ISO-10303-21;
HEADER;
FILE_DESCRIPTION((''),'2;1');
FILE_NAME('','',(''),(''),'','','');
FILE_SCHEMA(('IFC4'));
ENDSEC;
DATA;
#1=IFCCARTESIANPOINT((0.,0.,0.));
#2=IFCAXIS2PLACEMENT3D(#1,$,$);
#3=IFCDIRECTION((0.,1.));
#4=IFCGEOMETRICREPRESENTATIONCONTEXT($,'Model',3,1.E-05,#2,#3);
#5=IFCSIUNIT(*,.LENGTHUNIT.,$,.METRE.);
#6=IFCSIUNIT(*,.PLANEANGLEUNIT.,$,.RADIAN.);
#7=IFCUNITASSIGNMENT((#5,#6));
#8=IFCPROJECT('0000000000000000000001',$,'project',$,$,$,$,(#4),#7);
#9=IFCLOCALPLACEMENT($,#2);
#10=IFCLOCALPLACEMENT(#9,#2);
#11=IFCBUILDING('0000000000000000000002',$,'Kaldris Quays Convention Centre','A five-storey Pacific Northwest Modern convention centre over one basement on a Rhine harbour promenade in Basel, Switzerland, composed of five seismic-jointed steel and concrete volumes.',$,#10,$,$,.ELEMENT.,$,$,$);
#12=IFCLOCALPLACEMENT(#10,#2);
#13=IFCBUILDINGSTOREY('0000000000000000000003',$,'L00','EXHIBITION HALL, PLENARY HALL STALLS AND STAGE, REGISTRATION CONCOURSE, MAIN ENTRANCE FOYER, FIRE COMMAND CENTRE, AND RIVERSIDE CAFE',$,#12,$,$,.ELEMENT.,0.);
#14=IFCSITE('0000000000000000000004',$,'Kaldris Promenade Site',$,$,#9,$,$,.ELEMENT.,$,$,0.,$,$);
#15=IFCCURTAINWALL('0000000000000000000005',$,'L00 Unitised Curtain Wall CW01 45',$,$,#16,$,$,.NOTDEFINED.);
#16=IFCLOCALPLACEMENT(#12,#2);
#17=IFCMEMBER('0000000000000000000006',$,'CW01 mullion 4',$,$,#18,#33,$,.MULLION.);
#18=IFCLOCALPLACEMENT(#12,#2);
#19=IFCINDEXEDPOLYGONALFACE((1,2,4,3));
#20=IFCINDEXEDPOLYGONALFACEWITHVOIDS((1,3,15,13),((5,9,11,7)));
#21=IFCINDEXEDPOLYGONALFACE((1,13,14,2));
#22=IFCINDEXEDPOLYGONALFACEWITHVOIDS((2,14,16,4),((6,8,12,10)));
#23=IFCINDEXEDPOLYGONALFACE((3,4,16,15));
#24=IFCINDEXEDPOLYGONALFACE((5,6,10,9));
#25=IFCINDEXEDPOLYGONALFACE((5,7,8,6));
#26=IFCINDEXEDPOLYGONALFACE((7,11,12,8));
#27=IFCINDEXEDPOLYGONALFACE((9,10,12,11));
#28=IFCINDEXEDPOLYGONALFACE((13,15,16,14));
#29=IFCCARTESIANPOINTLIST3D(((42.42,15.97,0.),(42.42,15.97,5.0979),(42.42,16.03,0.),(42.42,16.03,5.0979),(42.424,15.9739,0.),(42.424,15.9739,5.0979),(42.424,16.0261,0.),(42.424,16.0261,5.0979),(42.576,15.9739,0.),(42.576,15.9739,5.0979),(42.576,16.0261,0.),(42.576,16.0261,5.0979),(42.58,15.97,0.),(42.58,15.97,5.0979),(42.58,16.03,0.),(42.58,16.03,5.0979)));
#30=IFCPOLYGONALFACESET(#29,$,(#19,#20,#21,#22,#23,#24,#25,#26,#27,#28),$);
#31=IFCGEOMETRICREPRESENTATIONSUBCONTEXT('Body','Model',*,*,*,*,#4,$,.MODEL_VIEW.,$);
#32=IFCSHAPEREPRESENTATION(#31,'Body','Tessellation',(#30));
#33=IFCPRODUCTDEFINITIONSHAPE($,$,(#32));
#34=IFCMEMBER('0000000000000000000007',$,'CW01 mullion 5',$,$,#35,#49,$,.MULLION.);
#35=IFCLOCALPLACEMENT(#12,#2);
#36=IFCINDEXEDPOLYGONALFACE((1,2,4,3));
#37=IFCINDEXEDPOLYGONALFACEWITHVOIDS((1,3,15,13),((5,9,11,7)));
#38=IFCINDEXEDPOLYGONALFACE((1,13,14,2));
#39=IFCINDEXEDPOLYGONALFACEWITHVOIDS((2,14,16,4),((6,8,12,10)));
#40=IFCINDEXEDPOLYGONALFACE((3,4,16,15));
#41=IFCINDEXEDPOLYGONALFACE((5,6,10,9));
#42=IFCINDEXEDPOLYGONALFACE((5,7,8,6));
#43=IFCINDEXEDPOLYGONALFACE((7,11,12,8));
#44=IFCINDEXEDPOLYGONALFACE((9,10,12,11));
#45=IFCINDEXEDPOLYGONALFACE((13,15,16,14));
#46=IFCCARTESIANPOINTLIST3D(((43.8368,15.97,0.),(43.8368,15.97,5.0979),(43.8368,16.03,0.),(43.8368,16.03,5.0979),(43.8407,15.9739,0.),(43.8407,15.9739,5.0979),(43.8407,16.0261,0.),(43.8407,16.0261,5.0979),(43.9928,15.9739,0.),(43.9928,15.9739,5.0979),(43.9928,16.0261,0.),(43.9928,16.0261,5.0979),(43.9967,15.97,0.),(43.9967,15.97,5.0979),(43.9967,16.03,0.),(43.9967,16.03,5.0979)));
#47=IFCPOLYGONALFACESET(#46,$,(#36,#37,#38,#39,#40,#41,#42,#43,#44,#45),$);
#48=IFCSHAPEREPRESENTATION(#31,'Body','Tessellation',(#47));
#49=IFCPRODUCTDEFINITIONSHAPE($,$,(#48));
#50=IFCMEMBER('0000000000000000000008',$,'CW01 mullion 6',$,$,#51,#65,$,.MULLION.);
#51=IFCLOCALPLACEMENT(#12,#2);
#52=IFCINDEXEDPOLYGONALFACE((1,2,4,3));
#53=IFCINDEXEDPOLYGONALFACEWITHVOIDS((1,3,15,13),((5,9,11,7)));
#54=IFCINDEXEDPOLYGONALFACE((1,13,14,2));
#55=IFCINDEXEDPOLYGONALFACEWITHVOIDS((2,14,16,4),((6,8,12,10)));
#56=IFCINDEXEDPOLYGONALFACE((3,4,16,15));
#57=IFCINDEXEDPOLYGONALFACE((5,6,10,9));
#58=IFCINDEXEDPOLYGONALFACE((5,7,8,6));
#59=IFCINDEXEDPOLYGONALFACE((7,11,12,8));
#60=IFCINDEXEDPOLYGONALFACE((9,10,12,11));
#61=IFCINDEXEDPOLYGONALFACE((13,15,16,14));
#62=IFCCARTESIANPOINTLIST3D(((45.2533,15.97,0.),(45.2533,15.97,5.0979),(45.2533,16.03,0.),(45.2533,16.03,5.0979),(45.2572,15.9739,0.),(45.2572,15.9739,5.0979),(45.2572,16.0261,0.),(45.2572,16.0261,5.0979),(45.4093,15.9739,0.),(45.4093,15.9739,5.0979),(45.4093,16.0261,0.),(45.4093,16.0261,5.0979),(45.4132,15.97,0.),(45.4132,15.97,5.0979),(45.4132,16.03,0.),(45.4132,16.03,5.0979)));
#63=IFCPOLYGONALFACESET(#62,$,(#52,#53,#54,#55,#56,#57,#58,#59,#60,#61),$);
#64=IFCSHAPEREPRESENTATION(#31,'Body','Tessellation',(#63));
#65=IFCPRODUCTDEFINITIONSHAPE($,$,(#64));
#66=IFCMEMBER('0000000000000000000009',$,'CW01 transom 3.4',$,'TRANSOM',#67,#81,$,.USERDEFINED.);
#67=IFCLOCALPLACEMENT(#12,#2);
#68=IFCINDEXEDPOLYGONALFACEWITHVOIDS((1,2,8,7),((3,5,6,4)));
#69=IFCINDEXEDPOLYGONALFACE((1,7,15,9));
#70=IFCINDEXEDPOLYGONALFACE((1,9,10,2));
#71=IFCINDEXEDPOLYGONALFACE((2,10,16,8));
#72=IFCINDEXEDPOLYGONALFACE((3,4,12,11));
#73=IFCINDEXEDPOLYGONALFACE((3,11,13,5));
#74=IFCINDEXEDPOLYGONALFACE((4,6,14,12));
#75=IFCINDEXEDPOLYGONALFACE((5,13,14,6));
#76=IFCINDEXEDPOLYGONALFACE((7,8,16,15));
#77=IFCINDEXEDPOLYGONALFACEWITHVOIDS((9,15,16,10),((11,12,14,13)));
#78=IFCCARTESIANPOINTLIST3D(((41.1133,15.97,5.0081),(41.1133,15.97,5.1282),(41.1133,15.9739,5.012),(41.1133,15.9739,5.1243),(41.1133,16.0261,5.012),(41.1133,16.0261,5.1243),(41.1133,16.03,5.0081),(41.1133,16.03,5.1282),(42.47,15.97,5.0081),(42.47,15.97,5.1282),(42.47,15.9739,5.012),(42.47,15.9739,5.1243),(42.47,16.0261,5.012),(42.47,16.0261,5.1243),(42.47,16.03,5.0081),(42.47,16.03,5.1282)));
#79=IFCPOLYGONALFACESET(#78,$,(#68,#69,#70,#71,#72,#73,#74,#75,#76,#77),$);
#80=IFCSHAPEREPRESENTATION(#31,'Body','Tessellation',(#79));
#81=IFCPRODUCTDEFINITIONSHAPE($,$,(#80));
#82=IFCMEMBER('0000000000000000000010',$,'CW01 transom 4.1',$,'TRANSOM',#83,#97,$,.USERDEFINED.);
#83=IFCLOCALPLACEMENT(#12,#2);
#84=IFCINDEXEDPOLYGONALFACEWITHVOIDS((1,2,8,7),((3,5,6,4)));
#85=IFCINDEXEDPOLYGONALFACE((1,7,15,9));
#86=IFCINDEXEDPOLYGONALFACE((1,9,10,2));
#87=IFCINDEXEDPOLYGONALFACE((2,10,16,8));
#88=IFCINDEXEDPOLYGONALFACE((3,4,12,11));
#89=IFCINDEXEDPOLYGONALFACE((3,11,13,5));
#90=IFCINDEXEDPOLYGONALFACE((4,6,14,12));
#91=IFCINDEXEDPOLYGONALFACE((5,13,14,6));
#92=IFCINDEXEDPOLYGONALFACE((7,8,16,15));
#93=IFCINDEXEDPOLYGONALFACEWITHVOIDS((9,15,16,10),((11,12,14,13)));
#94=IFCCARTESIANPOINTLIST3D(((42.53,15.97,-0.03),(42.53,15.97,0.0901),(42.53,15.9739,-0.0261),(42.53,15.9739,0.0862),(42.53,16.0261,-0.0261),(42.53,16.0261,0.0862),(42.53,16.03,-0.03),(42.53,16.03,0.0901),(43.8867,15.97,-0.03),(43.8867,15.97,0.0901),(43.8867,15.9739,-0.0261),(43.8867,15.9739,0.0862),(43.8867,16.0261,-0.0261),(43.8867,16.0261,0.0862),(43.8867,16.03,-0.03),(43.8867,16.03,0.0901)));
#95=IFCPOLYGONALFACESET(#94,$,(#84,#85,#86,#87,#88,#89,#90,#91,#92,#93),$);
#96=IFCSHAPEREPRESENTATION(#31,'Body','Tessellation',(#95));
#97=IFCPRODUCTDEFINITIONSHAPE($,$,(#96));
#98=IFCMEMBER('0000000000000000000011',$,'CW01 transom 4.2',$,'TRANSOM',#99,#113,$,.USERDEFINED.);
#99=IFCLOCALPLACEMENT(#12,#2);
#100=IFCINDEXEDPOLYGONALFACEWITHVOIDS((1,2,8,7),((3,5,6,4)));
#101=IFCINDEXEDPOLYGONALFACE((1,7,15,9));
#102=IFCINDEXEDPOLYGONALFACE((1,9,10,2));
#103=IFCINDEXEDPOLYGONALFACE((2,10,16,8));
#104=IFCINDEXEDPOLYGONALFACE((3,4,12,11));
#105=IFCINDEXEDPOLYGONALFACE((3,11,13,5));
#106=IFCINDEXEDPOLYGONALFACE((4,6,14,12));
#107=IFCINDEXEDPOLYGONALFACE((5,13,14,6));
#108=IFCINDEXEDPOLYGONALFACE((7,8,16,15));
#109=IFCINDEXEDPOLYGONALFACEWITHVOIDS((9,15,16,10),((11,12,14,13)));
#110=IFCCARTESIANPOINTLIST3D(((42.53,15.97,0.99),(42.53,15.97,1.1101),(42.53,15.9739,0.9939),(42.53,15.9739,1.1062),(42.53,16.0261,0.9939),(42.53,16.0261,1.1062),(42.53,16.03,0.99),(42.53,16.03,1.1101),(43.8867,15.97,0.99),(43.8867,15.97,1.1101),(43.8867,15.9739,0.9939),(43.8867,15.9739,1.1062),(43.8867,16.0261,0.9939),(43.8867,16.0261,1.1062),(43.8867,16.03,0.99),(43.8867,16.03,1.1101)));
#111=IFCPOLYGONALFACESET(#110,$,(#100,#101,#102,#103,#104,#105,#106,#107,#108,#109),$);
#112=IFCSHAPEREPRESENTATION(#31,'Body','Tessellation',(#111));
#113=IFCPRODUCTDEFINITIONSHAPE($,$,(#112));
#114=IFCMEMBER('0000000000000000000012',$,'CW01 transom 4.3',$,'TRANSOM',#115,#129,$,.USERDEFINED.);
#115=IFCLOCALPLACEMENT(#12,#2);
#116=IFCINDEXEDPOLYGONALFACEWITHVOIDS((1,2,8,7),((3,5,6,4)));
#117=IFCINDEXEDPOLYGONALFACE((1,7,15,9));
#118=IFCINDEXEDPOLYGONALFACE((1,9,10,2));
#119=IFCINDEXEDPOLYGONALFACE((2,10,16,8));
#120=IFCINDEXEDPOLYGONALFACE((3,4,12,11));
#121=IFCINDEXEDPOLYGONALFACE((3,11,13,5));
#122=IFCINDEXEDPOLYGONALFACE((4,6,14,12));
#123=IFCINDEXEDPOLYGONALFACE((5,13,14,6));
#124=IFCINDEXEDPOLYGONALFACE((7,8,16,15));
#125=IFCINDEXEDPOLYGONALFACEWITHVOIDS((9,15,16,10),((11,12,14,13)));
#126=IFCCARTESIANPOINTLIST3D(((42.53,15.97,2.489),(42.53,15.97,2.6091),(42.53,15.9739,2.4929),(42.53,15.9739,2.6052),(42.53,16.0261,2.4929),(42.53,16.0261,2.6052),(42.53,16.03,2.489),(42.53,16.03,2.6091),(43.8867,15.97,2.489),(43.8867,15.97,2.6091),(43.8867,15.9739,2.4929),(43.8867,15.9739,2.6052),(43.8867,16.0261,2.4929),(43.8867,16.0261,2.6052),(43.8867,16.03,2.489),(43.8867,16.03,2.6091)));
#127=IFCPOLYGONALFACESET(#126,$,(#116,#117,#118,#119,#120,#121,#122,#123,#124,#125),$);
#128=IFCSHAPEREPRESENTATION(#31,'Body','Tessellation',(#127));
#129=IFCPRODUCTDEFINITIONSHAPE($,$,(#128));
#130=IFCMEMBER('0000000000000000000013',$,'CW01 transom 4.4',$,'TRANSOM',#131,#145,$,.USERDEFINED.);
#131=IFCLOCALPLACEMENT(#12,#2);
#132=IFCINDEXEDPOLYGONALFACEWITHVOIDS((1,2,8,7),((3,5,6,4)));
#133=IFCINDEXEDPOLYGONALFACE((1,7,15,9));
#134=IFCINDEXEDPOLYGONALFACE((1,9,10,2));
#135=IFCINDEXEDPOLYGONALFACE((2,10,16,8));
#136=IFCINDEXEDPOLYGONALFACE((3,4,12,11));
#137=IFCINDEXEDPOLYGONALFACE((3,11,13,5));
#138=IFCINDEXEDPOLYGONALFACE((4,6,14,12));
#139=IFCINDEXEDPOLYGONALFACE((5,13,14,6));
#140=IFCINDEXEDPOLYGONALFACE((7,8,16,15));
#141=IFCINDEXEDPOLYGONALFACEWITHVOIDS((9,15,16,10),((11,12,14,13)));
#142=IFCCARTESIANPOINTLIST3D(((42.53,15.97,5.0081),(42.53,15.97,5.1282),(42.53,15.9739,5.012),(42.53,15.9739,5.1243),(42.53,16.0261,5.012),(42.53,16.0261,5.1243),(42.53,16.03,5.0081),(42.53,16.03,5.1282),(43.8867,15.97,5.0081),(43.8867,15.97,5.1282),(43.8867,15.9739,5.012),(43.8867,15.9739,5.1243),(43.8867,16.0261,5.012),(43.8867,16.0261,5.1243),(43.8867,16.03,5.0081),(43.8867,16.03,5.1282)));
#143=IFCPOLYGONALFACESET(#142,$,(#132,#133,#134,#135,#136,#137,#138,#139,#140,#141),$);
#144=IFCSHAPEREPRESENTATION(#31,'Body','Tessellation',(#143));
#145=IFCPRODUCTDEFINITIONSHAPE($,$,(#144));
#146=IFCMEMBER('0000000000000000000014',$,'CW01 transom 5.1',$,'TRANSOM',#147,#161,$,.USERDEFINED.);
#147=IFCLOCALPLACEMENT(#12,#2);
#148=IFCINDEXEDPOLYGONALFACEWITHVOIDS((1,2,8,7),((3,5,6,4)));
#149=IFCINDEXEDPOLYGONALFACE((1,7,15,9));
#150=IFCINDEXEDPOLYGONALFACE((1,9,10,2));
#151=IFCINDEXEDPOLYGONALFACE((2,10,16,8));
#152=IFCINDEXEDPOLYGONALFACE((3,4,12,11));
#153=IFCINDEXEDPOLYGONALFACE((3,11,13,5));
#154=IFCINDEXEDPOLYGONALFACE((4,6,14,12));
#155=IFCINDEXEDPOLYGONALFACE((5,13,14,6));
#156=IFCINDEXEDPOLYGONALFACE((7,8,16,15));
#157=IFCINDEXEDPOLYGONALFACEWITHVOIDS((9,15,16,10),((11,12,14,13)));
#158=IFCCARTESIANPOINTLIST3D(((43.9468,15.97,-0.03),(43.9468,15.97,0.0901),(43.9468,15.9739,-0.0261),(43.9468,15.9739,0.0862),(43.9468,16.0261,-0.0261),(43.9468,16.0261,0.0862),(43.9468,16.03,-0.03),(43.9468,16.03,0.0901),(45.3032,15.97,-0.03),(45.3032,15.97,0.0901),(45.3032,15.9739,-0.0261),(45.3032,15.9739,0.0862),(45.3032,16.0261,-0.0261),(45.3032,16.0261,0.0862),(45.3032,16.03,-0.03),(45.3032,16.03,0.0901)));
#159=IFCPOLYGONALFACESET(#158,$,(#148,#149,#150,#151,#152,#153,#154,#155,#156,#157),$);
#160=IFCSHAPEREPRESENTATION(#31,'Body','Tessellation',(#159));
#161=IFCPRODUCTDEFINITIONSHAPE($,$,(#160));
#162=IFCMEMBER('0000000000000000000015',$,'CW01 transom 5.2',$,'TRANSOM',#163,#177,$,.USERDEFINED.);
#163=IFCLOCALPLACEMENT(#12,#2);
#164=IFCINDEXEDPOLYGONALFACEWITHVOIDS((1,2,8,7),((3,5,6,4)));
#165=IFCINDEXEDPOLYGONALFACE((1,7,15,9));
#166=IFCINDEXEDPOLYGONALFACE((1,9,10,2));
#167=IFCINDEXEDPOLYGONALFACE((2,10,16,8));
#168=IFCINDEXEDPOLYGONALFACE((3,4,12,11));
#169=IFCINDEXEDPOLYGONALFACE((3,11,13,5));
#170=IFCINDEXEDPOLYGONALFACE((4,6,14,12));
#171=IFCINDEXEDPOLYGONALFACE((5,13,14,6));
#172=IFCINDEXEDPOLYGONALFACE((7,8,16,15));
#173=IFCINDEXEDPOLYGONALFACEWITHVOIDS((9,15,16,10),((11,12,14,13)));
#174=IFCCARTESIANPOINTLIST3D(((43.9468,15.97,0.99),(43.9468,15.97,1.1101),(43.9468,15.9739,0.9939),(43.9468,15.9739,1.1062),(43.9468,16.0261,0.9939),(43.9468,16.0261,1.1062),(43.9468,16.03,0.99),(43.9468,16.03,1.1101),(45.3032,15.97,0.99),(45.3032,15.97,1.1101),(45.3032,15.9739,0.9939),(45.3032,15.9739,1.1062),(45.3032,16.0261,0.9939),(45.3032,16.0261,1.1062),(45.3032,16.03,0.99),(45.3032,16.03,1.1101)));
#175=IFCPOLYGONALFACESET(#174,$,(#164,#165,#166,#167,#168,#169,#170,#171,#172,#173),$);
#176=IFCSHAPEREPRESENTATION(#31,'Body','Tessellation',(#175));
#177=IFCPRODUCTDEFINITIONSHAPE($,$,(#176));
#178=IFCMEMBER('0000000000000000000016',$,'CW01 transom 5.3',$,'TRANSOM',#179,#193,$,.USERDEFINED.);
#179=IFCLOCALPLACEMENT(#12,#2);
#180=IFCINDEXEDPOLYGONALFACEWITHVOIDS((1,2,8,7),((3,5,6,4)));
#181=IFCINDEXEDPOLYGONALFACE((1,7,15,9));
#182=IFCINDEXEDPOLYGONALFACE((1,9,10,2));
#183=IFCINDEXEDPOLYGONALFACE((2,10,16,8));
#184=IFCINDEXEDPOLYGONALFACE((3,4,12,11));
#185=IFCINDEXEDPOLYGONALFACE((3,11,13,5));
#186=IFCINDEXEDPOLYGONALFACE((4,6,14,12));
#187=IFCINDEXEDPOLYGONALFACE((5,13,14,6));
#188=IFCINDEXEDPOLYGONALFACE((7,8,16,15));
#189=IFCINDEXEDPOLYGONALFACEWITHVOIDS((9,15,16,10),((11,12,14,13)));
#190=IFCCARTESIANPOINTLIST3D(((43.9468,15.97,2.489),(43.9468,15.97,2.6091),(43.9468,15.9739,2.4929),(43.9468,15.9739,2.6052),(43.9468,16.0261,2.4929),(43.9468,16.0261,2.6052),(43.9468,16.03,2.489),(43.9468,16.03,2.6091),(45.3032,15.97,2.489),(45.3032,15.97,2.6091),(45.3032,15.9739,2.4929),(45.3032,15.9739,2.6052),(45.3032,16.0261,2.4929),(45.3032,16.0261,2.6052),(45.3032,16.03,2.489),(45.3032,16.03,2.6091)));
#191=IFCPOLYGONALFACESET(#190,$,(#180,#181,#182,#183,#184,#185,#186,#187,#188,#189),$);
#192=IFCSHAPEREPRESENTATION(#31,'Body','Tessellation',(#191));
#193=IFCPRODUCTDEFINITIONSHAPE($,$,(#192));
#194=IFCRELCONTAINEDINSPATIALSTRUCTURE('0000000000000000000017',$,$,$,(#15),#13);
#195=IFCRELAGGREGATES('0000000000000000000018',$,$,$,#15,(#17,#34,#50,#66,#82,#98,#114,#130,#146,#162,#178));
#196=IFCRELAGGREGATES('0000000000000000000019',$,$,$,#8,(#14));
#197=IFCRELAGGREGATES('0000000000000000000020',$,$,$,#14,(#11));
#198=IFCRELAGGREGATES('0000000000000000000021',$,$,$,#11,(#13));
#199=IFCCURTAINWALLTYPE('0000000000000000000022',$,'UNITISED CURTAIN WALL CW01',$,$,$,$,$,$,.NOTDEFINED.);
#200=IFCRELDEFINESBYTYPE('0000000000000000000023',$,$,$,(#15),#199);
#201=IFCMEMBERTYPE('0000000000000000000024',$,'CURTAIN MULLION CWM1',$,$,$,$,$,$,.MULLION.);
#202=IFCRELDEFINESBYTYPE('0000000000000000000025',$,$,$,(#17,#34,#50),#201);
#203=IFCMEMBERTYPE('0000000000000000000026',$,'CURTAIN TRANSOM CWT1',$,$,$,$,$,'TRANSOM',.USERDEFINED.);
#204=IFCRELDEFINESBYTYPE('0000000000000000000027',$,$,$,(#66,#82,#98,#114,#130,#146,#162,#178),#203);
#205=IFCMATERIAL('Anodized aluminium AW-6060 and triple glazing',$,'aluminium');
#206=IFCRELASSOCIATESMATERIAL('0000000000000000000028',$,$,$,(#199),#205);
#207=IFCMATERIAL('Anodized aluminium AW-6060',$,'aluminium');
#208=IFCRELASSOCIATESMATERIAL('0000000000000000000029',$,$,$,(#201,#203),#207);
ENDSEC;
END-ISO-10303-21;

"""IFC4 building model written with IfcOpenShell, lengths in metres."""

from ifc_helpers import new_model, si_unit, direction, frame, origin, origin_2d, place, context, subcontext, project, spatial, hollow_rectangle, extrude, material, material_profile, profile_set, type_object, element, aggregate, save


model = new_model("IFC4")

# Units and contexts
model_context = context("Model", 3, precision=1e-05, world=origin(), true_north=direction((0.0, 1.0)))
body_context = subcontext(model_context, "Body", "Model", "MODEL_VIEW")
ifc_project = project(units=[si_unit("LENGTHUNIT", "METRE"), si_unit("PLANEANGLEUNIT", "RADIAN")], contexts=[model_context])

# Site, building, storey
site_placement = place(None, origin())
site = spatial("IfcSite", under=ifc_project, at=site_placement, Name="Kaldris Promenade Site", CompositionType="ELEMENT", RefElevation=0.0)
building_placement = place(site_placement, origin())
building = spatial("IfcBuilding", under=site, at=building_placement, Name="Kaldris Quays Convention Centre", Description="A five-storey Pacific Northwest Modern convention centre over one basement on a Rhine harbour promenade in Basel, Switzerland, composed of five seismic-jointed steel and concrete volumes.", CompositionType="ELEMENT")
storey_placement = place(building_placement, origin())
storey = spatial("IfcBuildingStorey", under=building, at=storey_placement, Name="L00", Description="EXHIBITION HALL, PLENARY HALL STALLS AND STAGE, REGISTRATION CONCOURSE, MAIN ENTRANCE FOYER, FIRE COMMAND CENTRE, AND RIVERSIDE CAFE", CompositionType="ELEMENT", Elevation=0.0)

# Curtain wall, members
ifc_material_1 = material(Name="Anodized aluminium AW-6060 and triple glazing", Category="aluminium")
curtain_wall_type = type_object("IfcCurtainWallType", Name="UNITISED CURTAIN WALL CW01", PredefinedType="NOTDEFINED", material=ifc_material_1)
curtain_wall_placement = place(storey_placement, origin())
curtain_wall = element("IfcCurtainWall", 1, at=curtain_wall_placement, inside=storey, type_object=curtain_wall_type, Name="L00 Unitised Curtain Wall CW01 45", PredefinedType="NOTDEFINED")
ifc_material_2 = material(Name="Anodized aluminium AW-6060", Category="aluminium")
ifc_material_profile_1 = material_profile(ifc_material_2, hollow_rectangle(XDim=0.0601, YDim=0.1599, WallThickness=0.0039, at=origin_2d()), Name="RHS 160x60x4")
ifc_profile_set_1 = profile_set([ifc_material_profile_1], Name="Anodized aluminium AW-6060")
member_type_1 = type_object("IfcMemberType", Name="CURTAIN MULLION CWM1", PredefinedType="MULLION", material=ifc_profile_set_1)
member_1_placement = place(storey_placement, frame((42.5, 16.0, 0.0), z_axis=(0.0, 0.0, 1.0), x_axis=(0.0, 1.0, 0.0)))
member_1 = element("IfcMember", 2, at=member_1_placement, type_object=member_type_1, Name="CW01 mullion 4", PredefinedType="MULLION", context=body_context, shape_type="SweptSolid", body=[
    extrude(hollow_rectangle(XDim=0.0601, YDim=0.1599, WallThickness=0.0039, at=origin_2d()), origin(), (0.0, 0.0, 1.0), 5.0979),
])
member_2_placement = place(storey_placement, frame((43.9167, 16.0, 0.0), z_axis=(0.0, 0.0, 1.0), x_axis=(0.0, 1.0, 0.0)))
member_2 = element("IfcMember", 3, at=member_2_placement, type_object=member_type_1, Name="CW01 mullion 5", PredefinedType="MULLION", context=body_context, shape_type="SweptSolid", body=[
    extrude(hollow_rectangle(XDim=0.0601, YDim=0.1599, WallThickness=0.0039, at=origin_2d()), origin(), (0.0, 0.0, 1.0), 5.0979),
])
member_3_placement = place(storey_placement, frame((45.3333, 16.0, 0.0), z_axis=(0.0, 0.0, 1.0), x_axis=(0.0, 1.0, 0.0)))
member_3 = element("IfcMember", 4, at=member_3_placement, type_object=member_type_1, Name="CW01 mullion 6", PredefinedType="MULLION", context=body_context, shape_type="SweptSolid", body=[
    extrude(hollow_rectangle(XDim=0.0601, YDim=0.1599, WallThickness=0.0039, at=origin_2d()), origin(), (0.0, 0.0, 1.0), 5.0979),
])
ifc_material_profile_2 = material_profile(ifc_material_2, hollow_rectangle(XDim=0.0601, YDim=0.1201, WallThickness=0.0039, at=origin_2d()), Name="RHS 120x60x4")
ifc_profile_set_2 = profile_set([ifc_material_profile_2], Name="Anodized aluminium AW-6060")
member_type_2 = type_object("IfcMemberType", Name="CURTAIN TRANSOM CWT1", ElementType="TRANSOM", PredefinedType="USERDEFINED", material=ifc_profile_set_2)
member_4_placement = place(storey_placement, frame((41.1133, 16.0, 5.0681), z_axis=(1.0, 0.0, 0.0), x_axis=(0.0, 1.0, 0.0)))
member_4 = element("IfcMember", 5, at=member_4_placement, type_object=member_type_2, Name="CW01 transom 3.4", ObjectType="TRANSOM", PredefinedType="USERDEFINED", context=body_context, shape_type="SweptSolid", body=[
    extrude(hollow_rectangle(XDim=0.0601, YDim=0.1201, WallThickness=0.0039, at=origin_2d()), origin(), (0.0, 0.0, 1.0), 1.3567),
])
member_5_placement = place(storey_placement, frame((42.53, 16.0, 0.03), z_axis=(1.0, 0.0, 0.0), x_axis=(0.0, 1.0, 0.0)))
member_5 = element("IfcMember", 6, at=member_5_placement, type_object=member_type_2, Name="CW01 transom 4.1", ObjectType="TRANSOM", PredefinedType="USERDEFINED", context=body_context, shape_type="SweptSolid", body=[
    extrude(hollow_rectangle(XDim=0.0601, YDim=0.1201, WallThickness=0.0039, at=origin_2d()), origin(), (0.0, 0.0, 1.0), 1.3567),
])
member_6_placement = place(storey_placement, frame((42.53, 16.0, 1.05), z_axis=(1.0, 0.0, 0.0), x_axis=(0.0, 1.0, 0.0)))
member_6 = element("IfcMember", 7, at=member_6_placement, type_object=member_type_2, Name="CW01 transom 4.2", ObjectType="TRANSOM", PredefinedType="USERDEFINED", context=body_context, shape_type="SweptSolid", body=[
    extrude(hollow_rectangle(XDim=0.0601, YDim=0.1201, WallThickness=0.0039, at=origin_2d()), origin(), (0.0, 0.0, 1.0), 1.3567),
])
member_7_placement = place(storey_placement, frame((42.53, 16.0, 2.5491), z_axis=(1.0, 0.0, 0.0), x_axis=(0.0, 1.0, 0.0)))
member_7 = element("IfcMember", 8, at=member_7_placement, type_object=member_type_2, Name="CW01 transom 4.3", ObjectType="TRANSOM", PredefinedType="USERDEFINED", context=body_context, shape_type="SweptSolid", body=[
    extrude(hollow_rectangle(XDim=0.0601, YDim=0.1201, WallThickness=0.0039, at=origin_2d()), origin(), (0.0, 0.0, 1.0), 1.3567),
])
member_8_placement = place(storey_placement, frame((42.53, 16.0, 5.0681), z_axis=(1.0, 0.0, 0.0), x_axis=(0.0, 1.0, 0.0)))
member_8 = element("IfcMember", 9, at=member_8_placement, type_object=member_type_2, Name="CW01 transom 4.4", ObjectType="TRANSOM", PredefinedType="USERDEFINED", context=body_context, shape_type="SweptSolid", body=[
    extrude(hollow_rectangle(XDim=0.0601, YDim=0.1201, WallThickness=0.0039, at=origin_2d()), origin(), (0.0, 0.0, 1.0), 1.3567),
])
member_9_placement = place(storey_placement, frame((43.9468, 16.0, 0.03), z_axis=(1.0, 0.0, 0.0), x_axis=(0.0, 1.0, 0.0)))
member_9 = element("IfcMember", 10, at=member_9_placement, type_object=member_type_2, Name="CW01 transom 5.1", ObjectType="TRANSOM", PredefinedType="USERDEFINED", context=body_context, shape_type="SweptSolid", body=[
    extrude(hollow_rectangle(XDim=0.0601, YDim=0.1201, WallThickness=0.0039, at=origin_2d()), origin(), (0.0, 0.0, 1.0), 1.3564),
])
member_10_placement = place(storey_placement, frame((43.9468, 16.0, 1.05), z_axis=(1.0, 0.0, 0.0), x_axis=(0.0, 1.0, 0.0)))
member_10 = element("IfcMember", 11, at=member_10_placement, type_object=member_type_2, Name="CW01 transom 5.2", ObjectType="TRANSOM", PredefinedType="USERDEFINED", context=body_context, shape_type="SweptSolid", body=[
    extrude(hollow_rectangle(XDim=0.0601, YDim=0.1201, WallThickness=0.0039, at=origin_2d()), origin(), (0.0, 0.0, 1.0), 1.3564),
])
member_11_placement = place(storey_placement, frame((43.9468, 16.0, 2.5491), z_axis=(1.0, 0.0, 0.0), x_axis=(0.0, 1.0, 0.0)))
member_11 = element("IfcMember", 12, at=member_11_placement, type_object=member_type_2, Name="CW01 transom 5.3", ObjectType="TRANSOM", PredefinedType="USERDEFINED", context=body_context, shape_type="SweptSolid", body=[
    extrude(hollow_rectangle(XDim=0.0601, YDim=0.1201, WallThickness=0.0039, at=origin_2d()), origin(), (0.0, 0.0, 1.0), 1.3564),
])
aggregate(curtain_wall, [member_1, member_2, member_3, member_4, member_5, member_6, member_7, member_8, member_9, member_10, member_11])

save(model, "model.ifc")
